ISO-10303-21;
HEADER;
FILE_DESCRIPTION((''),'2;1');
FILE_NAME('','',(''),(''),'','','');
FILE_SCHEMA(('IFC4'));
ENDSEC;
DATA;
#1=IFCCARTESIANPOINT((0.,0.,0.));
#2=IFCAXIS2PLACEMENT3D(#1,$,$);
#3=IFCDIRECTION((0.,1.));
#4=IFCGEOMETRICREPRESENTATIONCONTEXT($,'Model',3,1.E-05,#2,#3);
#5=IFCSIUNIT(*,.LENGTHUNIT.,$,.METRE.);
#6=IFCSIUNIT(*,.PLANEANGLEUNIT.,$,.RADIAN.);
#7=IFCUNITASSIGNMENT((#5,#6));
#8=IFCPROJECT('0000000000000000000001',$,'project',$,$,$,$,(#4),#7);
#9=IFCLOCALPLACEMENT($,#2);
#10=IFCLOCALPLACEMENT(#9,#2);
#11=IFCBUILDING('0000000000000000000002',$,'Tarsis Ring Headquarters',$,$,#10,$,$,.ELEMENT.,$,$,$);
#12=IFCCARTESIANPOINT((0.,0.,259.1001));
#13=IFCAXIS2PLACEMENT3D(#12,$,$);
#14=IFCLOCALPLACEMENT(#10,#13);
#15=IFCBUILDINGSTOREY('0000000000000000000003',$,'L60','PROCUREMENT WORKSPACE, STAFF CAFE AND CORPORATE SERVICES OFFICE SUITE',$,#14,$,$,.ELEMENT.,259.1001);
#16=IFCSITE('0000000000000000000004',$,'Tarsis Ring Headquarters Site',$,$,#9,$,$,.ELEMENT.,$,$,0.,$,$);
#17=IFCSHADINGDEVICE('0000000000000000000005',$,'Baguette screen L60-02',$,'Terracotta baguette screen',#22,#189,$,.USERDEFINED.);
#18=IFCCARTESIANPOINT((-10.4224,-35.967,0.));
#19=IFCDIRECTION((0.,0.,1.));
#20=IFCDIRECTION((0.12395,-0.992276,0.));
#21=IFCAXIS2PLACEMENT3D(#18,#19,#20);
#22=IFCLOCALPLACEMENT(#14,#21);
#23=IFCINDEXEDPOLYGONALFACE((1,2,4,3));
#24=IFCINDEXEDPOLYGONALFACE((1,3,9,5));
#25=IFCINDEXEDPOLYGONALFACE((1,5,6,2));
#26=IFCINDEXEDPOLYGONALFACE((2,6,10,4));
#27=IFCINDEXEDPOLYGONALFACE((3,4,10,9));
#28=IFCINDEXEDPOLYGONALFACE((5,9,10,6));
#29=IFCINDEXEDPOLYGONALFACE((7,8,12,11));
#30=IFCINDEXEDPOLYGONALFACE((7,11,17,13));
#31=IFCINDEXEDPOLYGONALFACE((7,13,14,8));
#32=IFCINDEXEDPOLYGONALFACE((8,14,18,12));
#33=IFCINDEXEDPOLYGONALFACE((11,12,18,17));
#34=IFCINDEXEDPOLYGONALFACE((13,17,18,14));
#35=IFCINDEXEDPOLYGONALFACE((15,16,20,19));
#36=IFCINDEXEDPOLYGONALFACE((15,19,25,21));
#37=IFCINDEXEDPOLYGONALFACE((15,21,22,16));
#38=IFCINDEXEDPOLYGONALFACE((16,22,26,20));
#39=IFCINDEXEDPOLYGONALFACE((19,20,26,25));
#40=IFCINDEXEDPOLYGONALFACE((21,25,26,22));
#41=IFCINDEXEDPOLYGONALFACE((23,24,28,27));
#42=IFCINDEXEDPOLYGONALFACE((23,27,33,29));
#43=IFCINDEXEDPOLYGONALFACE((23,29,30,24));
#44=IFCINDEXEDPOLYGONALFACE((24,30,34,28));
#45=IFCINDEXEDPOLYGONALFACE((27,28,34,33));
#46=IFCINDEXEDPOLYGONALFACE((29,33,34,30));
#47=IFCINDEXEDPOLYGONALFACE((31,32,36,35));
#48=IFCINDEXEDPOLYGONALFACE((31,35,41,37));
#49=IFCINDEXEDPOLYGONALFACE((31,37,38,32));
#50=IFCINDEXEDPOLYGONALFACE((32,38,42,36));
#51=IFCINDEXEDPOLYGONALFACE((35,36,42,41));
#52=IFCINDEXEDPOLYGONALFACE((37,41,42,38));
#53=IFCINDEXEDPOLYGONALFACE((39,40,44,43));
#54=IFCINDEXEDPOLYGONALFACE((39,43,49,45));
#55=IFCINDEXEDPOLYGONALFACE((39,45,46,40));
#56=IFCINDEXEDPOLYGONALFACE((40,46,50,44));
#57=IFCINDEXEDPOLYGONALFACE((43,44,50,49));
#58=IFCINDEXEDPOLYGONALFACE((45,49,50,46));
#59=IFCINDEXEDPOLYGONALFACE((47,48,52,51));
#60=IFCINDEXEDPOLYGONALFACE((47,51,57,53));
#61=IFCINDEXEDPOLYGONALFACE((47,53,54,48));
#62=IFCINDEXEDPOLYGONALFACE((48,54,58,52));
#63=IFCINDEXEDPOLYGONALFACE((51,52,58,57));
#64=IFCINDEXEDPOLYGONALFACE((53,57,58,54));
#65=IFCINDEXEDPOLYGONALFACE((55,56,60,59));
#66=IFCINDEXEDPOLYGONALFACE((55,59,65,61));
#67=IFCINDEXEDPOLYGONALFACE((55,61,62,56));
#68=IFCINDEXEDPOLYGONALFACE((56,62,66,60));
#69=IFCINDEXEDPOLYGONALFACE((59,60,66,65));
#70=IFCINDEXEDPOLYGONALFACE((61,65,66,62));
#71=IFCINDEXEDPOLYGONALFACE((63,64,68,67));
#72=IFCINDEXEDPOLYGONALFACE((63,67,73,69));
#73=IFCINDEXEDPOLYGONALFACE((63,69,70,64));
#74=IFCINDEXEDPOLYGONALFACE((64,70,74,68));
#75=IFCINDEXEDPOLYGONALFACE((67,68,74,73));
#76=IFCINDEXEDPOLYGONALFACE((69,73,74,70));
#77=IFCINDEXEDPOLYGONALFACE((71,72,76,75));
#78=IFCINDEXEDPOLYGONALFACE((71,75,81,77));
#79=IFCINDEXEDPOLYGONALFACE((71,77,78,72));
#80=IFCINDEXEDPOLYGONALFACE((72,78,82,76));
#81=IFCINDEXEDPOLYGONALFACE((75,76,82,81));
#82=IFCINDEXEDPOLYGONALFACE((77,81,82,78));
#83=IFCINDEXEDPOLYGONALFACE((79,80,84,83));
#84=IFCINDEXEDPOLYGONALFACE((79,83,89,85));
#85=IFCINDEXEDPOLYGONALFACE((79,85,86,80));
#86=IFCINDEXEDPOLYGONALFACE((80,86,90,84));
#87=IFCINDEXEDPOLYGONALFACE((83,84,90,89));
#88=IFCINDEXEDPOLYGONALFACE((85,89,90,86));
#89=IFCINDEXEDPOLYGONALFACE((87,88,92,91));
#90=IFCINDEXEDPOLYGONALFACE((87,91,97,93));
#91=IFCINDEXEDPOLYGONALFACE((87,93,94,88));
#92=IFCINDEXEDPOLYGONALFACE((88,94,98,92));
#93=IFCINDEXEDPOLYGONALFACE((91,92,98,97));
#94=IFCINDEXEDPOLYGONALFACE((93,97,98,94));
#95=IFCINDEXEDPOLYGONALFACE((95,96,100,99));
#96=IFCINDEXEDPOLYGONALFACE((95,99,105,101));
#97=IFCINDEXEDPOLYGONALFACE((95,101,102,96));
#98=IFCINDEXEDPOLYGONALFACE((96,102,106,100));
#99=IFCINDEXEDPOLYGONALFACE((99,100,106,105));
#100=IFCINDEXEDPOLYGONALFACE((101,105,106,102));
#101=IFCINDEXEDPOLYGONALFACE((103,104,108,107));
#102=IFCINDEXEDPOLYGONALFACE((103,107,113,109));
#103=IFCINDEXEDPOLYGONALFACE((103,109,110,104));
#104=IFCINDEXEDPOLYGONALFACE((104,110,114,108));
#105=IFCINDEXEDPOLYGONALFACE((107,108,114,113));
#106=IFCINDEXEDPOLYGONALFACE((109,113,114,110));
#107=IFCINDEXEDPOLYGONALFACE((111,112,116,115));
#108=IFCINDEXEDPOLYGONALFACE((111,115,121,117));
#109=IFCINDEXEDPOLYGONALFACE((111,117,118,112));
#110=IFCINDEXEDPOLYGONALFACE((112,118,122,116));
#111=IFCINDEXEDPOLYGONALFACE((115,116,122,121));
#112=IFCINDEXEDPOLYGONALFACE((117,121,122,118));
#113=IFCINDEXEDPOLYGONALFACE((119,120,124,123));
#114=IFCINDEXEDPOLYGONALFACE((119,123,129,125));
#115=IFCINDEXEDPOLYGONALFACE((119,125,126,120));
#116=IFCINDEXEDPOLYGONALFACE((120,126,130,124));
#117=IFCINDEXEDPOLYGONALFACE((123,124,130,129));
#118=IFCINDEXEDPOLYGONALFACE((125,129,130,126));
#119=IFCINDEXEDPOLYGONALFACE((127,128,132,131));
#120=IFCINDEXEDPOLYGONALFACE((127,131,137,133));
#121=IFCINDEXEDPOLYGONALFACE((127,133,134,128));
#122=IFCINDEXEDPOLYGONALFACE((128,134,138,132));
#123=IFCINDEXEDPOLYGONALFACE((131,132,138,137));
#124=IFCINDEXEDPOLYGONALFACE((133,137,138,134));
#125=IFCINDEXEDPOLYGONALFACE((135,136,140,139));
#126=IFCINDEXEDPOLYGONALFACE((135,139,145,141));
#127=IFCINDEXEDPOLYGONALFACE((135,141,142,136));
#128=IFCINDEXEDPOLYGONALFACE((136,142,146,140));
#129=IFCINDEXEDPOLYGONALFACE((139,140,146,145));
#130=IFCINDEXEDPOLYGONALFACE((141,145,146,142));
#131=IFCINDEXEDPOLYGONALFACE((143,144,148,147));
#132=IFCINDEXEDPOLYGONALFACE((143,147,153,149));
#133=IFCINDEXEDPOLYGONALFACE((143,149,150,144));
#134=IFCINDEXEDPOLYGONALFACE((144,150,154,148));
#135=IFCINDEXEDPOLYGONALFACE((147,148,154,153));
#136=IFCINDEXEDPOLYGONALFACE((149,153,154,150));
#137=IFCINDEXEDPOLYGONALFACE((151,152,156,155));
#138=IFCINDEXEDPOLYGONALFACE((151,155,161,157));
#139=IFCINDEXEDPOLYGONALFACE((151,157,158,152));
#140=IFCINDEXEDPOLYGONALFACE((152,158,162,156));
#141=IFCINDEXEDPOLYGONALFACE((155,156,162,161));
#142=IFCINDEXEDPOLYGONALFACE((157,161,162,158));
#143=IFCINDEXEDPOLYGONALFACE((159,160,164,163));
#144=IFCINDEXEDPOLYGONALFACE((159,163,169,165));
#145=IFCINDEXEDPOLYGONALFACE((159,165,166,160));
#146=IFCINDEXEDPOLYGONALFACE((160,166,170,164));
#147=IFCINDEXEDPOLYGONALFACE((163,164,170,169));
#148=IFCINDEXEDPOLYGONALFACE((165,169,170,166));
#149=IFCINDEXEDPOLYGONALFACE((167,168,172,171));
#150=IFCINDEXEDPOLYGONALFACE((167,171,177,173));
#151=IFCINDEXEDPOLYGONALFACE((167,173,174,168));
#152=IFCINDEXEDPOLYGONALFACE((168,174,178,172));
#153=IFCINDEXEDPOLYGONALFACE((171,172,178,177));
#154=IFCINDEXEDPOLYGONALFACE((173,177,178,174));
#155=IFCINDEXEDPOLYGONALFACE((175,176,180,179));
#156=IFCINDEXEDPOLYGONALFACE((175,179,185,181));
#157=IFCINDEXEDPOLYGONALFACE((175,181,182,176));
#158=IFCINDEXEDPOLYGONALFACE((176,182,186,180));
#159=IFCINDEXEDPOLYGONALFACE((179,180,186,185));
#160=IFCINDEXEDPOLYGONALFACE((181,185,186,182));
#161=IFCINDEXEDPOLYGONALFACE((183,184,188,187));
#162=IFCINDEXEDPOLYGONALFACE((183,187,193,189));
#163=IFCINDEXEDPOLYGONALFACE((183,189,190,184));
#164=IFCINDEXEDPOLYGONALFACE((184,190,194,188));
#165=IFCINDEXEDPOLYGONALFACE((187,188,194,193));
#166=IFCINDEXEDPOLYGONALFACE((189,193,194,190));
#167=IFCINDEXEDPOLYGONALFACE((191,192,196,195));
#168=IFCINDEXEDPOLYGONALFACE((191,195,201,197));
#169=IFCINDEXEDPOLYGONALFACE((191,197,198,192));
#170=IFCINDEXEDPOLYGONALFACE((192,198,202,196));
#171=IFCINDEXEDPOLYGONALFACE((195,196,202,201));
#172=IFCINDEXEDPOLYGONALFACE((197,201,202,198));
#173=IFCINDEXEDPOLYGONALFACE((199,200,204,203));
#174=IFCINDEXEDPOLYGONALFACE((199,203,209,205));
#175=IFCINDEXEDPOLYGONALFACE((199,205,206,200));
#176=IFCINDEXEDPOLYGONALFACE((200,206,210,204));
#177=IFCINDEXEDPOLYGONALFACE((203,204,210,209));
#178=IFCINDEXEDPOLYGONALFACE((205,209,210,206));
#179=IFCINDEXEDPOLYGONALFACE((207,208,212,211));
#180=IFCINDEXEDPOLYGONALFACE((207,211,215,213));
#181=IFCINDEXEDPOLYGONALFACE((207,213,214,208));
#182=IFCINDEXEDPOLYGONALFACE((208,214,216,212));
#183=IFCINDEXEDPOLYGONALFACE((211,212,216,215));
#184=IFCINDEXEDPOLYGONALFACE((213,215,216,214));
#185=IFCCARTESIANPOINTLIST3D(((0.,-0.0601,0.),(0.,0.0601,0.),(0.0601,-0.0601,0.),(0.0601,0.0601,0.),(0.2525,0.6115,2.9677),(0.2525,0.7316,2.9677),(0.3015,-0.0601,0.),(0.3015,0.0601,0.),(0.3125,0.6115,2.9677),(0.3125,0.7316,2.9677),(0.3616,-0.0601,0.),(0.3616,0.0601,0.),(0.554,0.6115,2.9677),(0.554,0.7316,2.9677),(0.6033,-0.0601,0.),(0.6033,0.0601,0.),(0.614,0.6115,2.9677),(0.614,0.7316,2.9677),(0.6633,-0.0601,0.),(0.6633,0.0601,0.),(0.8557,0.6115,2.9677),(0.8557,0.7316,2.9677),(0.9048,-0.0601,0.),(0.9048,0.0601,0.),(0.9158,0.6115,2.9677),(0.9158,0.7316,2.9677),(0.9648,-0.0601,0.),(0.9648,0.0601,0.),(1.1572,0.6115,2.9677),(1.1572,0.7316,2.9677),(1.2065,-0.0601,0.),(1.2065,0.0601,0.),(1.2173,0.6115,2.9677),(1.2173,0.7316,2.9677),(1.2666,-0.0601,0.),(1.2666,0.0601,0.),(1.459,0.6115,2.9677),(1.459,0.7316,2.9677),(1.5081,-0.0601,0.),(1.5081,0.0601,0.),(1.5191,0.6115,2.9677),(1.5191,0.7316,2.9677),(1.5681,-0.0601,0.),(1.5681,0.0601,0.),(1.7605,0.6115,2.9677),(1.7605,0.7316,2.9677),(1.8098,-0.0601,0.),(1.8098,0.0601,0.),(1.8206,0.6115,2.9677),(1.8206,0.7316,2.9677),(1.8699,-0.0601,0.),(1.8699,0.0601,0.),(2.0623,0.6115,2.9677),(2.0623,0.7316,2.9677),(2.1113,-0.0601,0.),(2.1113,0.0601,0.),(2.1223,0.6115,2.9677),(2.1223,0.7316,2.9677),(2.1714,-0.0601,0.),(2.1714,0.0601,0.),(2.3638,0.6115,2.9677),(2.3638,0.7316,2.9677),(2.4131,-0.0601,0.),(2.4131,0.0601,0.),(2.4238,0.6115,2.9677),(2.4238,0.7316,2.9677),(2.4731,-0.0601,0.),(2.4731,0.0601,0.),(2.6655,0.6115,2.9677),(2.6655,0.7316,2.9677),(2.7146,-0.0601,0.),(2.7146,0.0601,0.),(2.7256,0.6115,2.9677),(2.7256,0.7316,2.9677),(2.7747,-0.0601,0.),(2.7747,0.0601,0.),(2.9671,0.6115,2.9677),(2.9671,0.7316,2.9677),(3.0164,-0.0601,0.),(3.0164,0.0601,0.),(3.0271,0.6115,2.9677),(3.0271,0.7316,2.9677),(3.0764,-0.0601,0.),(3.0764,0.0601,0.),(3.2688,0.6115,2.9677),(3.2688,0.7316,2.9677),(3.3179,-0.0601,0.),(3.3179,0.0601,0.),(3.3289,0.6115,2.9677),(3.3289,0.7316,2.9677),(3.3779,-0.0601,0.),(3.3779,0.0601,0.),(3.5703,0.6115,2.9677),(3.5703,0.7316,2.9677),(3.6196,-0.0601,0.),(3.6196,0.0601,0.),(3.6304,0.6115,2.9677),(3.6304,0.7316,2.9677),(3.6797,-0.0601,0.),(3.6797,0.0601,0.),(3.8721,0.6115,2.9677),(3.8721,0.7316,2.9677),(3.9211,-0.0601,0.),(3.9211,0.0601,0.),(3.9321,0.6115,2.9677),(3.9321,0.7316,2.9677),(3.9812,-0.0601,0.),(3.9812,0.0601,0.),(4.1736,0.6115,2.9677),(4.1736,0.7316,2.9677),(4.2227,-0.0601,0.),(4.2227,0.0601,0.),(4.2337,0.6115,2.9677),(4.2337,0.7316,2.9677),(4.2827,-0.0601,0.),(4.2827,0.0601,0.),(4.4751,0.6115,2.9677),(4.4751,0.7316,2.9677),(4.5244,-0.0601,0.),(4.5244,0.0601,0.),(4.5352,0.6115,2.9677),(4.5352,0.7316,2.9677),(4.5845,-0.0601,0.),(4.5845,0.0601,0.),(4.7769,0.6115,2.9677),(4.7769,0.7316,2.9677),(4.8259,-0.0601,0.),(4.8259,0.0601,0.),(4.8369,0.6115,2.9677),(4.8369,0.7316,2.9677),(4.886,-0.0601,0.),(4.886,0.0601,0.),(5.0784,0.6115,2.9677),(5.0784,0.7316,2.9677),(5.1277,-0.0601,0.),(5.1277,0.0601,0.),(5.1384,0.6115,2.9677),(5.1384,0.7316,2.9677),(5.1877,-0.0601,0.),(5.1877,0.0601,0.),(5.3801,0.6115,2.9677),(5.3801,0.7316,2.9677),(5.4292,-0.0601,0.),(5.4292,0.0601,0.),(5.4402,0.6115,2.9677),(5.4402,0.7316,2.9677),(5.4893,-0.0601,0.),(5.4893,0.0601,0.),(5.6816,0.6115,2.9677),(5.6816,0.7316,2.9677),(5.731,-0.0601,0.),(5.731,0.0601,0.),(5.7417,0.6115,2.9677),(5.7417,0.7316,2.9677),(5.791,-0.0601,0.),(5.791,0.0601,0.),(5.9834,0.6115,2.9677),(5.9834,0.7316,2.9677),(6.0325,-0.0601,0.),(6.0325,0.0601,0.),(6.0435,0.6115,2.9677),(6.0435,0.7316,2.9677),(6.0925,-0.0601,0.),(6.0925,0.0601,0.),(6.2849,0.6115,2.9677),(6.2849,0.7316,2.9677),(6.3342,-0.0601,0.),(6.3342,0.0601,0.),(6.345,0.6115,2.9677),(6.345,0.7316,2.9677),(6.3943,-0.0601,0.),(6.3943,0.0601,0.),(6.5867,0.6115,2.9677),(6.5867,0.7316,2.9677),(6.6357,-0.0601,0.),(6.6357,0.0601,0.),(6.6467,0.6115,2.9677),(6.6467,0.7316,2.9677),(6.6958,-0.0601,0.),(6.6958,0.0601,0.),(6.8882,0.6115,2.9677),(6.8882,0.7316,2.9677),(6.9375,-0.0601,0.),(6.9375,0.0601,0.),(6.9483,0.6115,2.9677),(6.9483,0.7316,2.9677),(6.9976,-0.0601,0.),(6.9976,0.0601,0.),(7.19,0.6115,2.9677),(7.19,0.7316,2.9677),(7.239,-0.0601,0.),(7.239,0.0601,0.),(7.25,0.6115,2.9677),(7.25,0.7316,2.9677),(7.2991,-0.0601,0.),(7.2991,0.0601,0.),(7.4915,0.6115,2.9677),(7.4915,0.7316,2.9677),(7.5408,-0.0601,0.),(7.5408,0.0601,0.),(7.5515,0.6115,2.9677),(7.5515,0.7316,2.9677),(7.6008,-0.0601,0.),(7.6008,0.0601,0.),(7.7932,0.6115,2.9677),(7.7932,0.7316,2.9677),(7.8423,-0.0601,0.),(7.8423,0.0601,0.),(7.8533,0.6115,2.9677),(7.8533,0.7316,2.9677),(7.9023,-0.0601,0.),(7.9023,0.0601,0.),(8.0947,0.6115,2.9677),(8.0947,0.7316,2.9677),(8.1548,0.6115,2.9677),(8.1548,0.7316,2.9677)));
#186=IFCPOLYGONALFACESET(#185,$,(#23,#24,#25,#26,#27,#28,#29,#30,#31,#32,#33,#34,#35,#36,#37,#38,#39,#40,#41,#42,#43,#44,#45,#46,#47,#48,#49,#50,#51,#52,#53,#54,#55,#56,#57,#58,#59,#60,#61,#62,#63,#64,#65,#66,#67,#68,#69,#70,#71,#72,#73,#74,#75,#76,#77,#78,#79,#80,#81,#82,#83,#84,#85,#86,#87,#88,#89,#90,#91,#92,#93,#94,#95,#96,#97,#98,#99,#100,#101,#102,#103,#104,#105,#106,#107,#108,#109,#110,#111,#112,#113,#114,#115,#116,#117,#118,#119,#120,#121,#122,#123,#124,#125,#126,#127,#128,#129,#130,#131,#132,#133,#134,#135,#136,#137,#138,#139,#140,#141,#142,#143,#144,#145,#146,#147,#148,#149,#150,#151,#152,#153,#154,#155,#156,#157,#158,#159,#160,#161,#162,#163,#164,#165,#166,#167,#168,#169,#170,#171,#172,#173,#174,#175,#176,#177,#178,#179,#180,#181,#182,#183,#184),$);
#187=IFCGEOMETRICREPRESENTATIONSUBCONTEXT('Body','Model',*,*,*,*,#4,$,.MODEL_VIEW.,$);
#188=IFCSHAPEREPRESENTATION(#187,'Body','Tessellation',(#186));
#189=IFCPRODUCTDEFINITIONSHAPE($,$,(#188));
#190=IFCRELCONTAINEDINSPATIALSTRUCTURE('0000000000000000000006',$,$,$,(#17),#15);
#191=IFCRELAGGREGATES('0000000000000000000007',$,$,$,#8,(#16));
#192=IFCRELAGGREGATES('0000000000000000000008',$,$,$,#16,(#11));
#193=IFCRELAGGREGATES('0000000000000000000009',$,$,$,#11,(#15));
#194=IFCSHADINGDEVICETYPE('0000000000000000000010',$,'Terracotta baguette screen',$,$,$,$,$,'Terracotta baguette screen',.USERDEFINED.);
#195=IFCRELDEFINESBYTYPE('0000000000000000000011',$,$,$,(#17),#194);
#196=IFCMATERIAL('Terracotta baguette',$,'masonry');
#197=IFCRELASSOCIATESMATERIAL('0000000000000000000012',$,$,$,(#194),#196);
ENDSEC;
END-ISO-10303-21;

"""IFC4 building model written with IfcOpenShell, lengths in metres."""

from ifc_helpers import new_model, si_unit, direction, frame, frame_2d, origin, place, context, subcontext, project, spatial, rectangle, composite_profile, extrude, material, type_object, element, save


model = new_model("IFC4")

# Units and contexts
model_context = context("Model", 3, precision=1e-05, world=origin(), true_north=direction((0.0, 1.0)))
body_context = subcontext(model_context, "Body", "Model", "MODEL_VIEW")
ifc_project = project(units=[si_unit("LENGTHUNIT", "METRE"), si_unit("PLANEANGLEUNIT", "RADIAN")], contexts=[model_context])

# Site, building, storey
site_placement = place(None, origin())
site = spatial("IfcSite", under=ifc_project, at=site_placement, Name="Tarsis Ring Headquarters Site", CompositionType="ELEMENT", RefElevation=0.0)
building_placement = place(site_placement, origin())
building = spatial("IfcBuilding", under=site, at=building_placement, Name="Tarsis Ring Headquarters", CompositionType="ELEMENT")
storey_placement = place(building_placement, frame((0.0, 0.0, 259.1001)))
storey = spatial("IfcBuildingStorey", under=building, at=storey_placement, Name="L60", Description="PROCUREMENT WORKSPACE, STAFF CAFE AND CORPORATE SERVICES OFFICE SUITE", CompositionType="ELEMENT", Elevation=259.1001)

# Shading device
ifc_material_1 = material(Name="Terracotta baguette", Category="masonry")
shading_device_type_1 = type_object("IfcShadingDeviceType", Name="Terracotta baguette screen", ElementType="Terracotta baguette screen", PredefinedType="USERDEFINED", material=ifc_material_1)
shading_device_1_placement = place(storey_placement, frame((-10.4224, -35.967, 0.0), z_axis=(0.0, 0.0, 1.0), x_axis=(0.12395, -0.992276, 0.0)))
element("IfcShadingDevice", 1, at=shading_device_1_placement, inside=storey, type_object=shading_device_type_1, Name="Baguette screen L60-02", ObjectType="Terracotta baguette screen", PredefinedType="USERDEFINED", context=body_context, shape_type="SweptSolid", body=[
    extrude(composite_profile([rectangle(XDim=0.0601, YDim=0.1201, at=frame_2d((0.03, 0.0))), rectangle(XDim=0.0601, YDim=0.1201, at=frame_2d((0.3315, 0.0))), rectangle(XDim=0.0601, YDim=0.1201, at=frame_2d((0.6333, 0.0))), rectangle(XDim=0.0601, YDim=0.1201, at=frame_2d((0.9348, 0.0))), rectangle(XDim=0.0601, YDim=0.1201, at=frame_2d((1.2366, 0.0))), rectangle(XDim=0.0601, YDim=0.1201, at=frame_2d((1.5381, 0.0))), rectangle(XDim=0.0601, YDim=0.1201, at=frame_2d((1.8398, 0.0))), rectangle(XDim=0.0601, YDim=0.1201, at=frame_2d((2.1414, 0.0))), rectangle(XDim=0.0601, YDim=0.1201, at=frame_2d((2.4431, 0.0))), rectangle(XDim=0.0601, YDim=0.1201, at=frame_2d((2.7446, 0.0))), rectangle(XDim=0.0601, YDim=0.1201, at=frame_2d((3.0464, 0.0))), rectangle(XDim=0.0601, YDim=0.1201, at=frame_2d((3.3479, 0.0))), rectangle(XDim=0.0601, YDim=0.1201, at=frame_2d((3.6497, 0.0))), rectangle(XDim=0.0601, YDim=0.1201, at=frame_2d((3.9512, 0.0))), rectangle(XDim=0.0601, YDim=0.1201, at=frame_2d((4.2527, 0.0))), rectangle(XDim=0.0601, YDim=0.1201, at=frame_2d((4.5544, 0.0))), rectangle(XDim=0.0601, YDim=0.1201, at=frame_2d((4.856, 0.0))), rectangle(XDim=0.0601, YDim=0.1201, at=frame_2d((5.1577, 0.0))), rectangle(XDim=0.0601, YDim=0.1201, at=frame_2d((5.4592, 0.0))), rectangle(XDim=0.0601, YDim=0.1201, at=frame_2d((5.761, 0.0))), rectangle(XDim=0.0601, YDim=0.1201, at=frame_2d((6.0625, 0.0))), rectangle(XDim=0.0601, YDim=0.1201, at=frame_2d((6.3643, 0.0))), rectangle(XDim=0.0601, YDim=0.1201, at=frame_2d((6.6658, 0.0))), rectangle(XDim=0.0601, YDim=0.1201, at=frame_2d((6.9675, 0.0))), rectangle(XDim=0.0601, YDim=0.1201, at=frame_2d((7.269, 0.0))), rectangle(XDim=0.0601, YDim=0.1201, at=frame_2d((7.5708, 0.0))), rectangle(XDim=0.0601, YDim=0.1201, at=frame_2d((7.8723, 0.0)))]), origin(), (0.082683, 0.219938, 0.972004), 3.0532),
])

save(model, "model.ifc")
